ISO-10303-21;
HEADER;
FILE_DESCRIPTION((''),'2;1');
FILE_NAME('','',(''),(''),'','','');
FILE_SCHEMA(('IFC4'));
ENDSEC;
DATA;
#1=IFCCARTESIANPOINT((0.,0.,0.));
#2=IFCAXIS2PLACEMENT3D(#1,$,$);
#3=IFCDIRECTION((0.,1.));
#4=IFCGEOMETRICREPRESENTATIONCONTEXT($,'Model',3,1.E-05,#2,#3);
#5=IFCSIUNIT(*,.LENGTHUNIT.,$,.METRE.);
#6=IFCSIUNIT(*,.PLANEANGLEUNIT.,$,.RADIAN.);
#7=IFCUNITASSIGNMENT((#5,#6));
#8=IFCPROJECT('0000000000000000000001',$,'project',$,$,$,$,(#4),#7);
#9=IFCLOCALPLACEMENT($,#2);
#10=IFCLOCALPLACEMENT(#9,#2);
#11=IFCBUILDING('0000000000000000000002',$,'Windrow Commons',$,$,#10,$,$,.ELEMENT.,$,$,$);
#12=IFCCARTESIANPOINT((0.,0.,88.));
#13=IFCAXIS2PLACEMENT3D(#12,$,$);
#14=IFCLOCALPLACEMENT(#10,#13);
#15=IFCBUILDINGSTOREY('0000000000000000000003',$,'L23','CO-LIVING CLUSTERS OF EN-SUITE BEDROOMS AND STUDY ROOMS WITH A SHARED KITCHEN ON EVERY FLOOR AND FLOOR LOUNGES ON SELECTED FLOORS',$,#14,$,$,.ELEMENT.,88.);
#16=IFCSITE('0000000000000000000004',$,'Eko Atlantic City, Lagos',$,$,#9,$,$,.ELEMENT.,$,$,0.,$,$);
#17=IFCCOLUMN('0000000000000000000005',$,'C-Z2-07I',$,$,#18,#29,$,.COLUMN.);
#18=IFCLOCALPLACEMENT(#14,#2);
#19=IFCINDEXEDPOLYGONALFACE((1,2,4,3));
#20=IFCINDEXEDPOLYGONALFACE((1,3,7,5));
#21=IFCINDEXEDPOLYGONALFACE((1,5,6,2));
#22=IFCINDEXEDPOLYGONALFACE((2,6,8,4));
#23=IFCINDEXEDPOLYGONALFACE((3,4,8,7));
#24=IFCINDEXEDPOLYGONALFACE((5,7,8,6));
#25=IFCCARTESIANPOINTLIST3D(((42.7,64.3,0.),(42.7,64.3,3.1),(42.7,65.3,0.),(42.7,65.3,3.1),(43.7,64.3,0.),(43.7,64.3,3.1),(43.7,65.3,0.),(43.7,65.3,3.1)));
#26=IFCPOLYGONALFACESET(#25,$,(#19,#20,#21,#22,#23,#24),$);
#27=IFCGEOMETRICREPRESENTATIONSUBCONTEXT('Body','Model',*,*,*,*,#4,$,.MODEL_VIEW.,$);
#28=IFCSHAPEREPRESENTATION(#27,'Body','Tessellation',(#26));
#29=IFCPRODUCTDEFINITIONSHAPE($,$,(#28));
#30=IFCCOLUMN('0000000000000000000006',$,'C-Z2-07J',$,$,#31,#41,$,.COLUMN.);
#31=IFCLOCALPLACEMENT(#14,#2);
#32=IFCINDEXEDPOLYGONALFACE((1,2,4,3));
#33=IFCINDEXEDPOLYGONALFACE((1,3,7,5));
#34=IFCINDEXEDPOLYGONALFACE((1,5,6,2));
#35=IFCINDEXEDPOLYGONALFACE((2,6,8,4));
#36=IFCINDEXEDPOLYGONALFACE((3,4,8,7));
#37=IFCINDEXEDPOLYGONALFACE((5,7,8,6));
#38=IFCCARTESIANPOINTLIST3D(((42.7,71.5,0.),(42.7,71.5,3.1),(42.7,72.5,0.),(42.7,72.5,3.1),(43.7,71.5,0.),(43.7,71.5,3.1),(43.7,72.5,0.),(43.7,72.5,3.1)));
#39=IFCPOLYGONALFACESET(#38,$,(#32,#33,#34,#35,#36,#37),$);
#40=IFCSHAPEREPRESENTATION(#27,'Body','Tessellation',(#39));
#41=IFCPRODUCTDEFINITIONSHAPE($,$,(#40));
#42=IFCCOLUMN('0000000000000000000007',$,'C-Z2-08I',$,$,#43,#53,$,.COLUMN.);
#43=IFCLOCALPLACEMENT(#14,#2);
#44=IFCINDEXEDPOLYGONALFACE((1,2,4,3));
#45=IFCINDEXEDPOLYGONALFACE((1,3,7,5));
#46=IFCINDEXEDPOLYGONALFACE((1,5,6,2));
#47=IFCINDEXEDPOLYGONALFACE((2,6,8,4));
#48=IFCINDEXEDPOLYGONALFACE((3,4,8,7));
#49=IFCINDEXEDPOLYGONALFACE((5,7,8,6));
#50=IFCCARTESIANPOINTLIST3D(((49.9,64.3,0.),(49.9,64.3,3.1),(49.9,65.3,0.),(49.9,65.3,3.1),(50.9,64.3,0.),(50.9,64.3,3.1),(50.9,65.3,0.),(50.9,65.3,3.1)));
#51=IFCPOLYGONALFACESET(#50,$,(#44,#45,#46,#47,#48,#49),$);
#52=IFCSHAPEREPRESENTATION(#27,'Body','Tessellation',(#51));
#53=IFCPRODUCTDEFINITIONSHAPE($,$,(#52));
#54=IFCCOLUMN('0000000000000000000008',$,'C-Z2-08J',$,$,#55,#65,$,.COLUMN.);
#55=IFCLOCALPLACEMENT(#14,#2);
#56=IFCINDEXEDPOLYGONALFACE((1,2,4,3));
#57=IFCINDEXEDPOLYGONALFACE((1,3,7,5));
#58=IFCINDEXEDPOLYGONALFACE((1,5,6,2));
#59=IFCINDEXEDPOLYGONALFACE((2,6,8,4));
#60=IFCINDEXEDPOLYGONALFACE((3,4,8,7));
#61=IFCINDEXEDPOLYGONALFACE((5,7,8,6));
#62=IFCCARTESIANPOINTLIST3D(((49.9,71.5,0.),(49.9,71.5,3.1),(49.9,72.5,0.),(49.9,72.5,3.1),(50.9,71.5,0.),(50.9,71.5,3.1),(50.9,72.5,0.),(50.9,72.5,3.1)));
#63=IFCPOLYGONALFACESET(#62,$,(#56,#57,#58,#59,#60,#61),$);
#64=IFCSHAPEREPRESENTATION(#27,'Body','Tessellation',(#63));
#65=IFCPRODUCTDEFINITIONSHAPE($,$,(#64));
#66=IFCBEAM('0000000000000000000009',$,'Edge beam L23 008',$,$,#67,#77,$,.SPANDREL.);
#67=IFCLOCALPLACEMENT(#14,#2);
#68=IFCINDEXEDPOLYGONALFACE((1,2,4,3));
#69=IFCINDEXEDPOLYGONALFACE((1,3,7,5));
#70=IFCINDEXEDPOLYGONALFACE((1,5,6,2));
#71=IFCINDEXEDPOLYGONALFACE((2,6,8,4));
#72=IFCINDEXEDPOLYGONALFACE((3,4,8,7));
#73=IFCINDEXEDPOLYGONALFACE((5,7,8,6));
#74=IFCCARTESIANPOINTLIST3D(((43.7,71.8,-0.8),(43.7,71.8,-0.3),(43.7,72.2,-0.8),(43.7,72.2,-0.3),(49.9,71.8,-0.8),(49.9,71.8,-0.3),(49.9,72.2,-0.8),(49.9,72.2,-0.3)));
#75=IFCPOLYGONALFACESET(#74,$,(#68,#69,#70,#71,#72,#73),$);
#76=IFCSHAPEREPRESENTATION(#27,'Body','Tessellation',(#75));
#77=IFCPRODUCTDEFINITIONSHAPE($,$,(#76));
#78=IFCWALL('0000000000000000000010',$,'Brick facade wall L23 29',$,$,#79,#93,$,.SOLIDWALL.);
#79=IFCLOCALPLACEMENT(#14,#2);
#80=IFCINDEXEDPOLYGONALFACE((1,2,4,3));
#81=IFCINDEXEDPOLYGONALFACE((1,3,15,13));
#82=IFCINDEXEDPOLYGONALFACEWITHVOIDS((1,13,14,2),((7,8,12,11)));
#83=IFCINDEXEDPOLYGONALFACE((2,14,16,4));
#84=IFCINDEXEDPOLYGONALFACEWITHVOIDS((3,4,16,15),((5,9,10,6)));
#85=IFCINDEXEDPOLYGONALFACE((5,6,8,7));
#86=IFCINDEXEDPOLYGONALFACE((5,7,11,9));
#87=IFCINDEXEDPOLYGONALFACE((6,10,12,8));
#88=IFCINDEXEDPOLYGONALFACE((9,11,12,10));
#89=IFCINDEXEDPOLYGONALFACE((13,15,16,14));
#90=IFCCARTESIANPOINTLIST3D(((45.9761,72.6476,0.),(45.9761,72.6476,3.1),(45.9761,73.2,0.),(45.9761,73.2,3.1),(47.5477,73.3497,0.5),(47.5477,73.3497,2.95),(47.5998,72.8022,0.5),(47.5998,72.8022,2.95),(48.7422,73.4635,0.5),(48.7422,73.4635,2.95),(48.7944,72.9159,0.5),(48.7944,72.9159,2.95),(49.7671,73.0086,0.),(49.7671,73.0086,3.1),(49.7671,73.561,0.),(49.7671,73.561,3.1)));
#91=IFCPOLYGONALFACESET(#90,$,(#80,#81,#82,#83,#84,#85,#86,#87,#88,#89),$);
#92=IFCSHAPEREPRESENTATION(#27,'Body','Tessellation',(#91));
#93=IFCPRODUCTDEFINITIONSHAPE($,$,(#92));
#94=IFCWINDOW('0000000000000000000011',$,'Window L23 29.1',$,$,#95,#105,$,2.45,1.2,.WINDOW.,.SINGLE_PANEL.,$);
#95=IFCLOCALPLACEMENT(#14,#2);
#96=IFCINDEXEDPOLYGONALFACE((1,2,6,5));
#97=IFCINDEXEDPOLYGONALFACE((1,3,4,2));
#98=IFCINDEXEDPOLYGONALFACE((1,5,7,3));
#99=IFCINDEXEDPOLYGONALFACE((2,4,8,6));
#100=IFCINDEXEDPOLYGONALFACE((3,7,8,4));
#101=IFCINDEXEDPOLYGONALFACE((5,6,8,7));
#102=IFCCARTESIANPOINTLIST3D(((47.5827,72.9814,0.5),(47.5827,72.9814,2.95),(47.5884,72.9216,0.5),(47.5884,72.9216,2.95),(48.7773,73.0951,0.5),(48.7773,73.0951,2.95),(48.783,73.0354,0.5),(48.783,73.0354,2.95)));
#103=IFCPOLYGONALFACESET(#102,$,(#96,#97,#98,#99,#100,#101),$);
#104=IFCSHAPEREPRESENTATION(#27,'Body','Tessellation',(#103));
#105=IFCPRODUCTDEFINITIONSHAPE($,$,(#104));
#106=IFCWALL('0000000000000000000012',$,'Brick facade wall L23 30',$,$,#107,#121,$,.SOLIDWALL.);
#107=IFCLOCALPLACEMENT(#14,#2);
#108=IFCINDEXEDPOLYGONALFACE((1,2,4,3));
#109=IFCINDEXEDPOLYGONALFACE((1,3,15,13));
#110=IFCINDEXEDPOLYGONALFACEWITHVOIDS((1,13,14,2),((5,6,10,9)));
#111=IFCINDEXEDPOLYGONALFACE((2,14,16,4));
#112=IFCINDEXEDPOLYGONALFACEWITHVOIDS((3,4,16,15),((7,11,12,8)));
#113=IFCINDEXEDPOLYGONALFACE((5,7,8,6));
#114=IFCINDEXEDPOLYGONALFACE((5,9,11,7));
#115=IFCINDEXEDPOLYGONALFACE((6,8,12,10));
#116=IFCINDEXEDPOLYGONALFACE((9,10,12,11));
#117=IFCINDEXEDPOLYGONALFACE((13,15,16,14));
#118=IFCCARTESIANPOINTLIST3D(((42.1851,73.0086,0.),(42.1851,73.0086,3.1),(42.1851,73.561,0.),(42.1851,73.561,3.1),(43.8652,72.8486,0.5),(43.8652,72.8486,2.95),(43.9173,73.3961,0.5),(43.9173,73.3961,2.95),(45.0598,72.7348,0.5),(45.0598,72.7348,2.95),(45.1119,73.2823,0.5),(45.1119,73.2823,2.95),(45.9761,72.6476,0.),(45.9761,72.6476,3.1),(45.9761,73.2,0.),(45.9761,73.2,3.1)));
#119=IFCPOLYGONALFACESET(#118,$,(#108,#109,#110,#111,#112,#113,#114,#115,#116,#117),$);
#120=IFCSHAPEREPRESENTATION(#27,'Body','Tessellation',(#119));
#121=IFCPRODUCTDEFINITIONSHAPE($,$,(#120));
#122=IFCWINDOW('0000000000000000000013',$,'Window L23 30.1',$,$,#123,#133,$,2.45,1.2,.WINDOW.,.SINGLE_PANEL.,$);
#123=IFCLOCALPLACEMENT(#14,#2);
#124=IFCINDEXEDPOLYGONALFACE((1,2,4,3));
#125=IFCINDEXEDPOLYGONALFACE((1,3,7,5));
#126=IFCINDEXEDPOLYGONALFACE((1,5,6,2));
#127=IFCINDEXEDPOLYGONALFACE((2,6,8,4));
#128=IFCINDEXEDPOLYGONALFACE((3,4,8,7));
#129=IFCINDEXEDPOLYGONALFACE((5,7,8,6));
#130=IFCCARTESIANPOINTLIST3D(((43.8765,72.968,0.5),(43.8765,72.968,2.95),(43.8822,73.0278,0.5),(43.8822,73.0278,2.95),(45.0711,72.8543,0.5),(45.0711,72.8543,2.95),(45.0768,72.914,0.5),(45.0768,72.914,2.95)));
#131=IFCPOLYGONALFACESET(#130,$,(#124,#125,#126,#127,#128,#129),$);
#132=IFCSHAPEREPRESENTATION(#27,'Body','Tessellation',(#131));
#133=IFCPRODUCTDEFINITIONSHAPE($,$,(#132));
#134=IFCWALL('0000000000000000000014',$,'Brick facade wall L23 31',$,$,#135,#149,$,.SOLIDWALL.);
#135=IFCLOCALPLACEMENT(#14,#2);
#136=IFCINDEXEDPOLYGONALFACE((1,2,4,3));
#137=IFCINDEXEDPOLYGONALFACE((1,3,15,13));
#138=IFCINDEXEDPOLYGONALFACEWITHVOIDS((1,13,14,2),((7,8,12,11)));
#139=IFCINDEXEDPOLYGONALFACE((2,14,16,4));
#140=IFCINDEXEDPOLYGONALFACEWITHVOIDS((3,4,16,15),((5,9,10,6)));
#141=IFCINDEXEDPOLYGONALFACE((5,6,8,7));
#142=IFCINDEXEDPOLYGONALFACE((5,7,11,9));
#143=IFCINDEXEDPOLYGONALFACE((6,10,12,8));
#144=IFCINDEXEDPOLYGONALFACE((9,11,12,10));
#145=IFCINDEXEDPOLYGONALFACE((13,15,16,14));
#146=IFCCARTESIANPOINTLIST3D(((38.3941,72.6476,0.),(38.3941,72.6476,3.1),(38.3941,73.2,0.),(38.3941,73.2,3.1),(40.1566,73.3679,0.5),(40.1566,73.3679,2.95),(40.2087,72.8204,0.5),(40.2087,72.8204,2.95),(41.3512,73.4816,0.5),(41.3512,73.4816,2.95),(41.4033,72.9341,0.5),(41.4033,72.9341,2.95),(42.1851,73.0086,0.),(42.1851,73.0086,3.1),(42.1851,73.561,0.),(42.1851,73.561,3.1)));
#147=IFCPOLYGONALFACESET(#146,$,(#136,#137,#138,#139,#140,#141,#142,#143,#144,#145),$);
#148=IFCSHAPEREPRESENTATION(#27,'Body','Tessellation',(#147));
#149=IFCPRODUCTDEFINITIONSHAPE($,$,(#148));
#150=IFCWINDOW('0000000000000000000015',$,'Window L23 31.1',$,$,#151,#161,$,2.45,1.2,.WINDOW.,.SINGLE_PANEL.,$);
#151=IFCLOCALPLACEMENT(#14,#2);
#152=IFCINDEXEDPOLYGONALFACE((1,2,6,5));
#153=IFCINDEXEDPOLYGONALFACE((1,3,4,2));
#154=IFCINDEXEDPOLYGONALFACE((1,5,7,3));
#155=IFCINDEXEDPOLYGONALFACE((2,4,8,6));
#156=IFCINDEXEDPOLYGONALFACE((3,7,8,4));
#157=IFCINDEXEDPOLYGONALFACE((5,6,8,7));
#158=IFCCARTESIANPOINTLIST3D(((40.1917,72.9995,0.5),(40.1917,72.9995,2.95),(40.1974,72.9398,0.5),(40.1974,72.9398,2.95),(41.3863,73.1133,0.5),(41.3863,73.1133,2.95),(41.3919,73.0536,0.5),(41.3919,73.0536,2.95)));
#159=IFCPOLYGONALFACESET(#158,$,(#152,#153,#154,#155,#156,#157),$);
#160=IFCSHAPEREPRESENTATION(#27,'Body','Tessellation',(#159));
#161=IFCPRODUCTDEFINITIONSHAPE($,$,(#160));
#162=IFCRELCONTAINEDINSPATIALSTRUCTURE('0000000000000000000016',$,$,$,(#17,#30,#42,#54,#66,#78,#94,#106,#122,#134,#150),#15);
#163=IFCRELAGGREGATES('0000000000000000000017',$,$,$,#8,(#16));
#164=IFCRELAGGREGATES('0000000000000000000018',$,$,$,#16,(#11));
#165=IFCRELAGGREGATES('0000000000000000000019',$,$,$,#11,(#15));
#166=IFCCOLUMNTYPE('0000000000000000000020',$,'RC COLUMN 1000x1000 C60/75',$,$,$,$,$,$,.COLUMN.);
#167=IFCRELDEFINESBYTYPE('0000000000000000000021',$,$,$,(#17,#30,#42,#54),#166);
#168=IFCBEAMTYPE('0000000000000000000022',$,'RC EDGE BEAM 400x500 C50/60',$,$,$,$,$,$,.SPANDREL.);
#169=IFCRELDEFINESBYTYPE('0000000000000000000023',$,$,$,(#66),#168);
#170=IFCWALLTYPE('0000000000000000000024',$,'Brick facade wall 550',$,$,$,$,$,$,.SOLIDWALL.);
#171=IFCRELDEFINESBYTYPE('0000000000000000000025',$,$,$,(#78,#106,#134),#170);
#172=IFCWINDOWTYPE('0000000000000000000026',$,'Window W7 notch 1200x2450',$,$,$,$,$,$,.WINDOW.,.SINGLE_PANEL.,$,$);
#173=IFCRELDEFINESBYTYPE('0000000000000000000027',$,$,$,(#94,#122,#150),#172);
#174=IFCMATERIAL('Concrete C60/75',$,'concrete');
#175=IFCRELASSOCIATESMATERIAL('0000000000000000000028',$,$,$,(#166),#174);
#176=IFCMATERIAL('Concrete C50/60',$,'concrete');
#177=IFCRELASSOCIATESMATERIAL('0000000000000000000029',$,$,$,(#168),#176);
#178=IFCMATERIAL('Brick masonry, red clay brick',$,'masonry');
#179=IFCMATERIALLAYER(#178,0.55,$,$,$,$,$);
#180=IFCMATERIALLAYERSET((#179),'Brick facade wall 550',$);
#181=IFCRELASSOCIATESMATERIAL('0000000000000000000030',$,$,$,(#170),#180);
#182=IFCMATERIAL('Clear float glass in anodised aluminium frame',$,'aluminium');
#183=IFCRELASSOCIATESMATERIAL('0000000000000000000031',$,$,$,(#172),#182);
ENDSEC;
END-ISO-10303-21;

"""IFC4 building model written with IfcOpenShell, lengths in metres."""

from ifc_helpers import new_model, si_unit, direction, frame, frame_2d, origin, origin_2d, place, context, subcontext, project, spatial, polyline, rectangle, outline, extrude, material, layer, layer_set, material_profile, profile_set, type_object, element, fill, save


model = new_model("IFC4")

# Units and contexts
model_context = context("Model", 3, precision=1e-05, world=origin(), true_north=direction((0.0, 1.0)))
body_context = subcontext(model_context, "Body", "Model", "MODEL_VIEW")
ifc_project = project(units=[si_unit("LENGTHUNIT", "METRE"), si_unit("PLANEANGLEUNIT", "RADIAN")], contexts=[model_context])

# Site, building, storey
site_placement = place(None, origin())
site = spatial("IfcSite", under=ifc_project, at=site_placement, Name="Eko Atlantic City, Lagos", CompositionType="ELEMENT", RefElevation=0.0)
building_placement = place(site_placement, origin())
building = spatial("IfcBuilding", under=site, at=building_placement, Name="Windrow Commons", CompositionType="ELEMENT")
storey_placement = place(building_placement, frame((0.0, 0.0, 88.0)))
storey = spatial("IfcBuildingStorey", under=building, at=storey_placement, Name="L23", Description="CO-LIVING CLUSTERS OF EN-SUITE BEDROOMS AND STUDY ROOMS WITH A SHARED KITCHEN ON EVERY FLOOR AND FLOOR LOUNGES ON SELECTED FLOORS", CompositionType="ELEMENT", Elevation=88.0)

# Columns
ifc_material_1 = material(Name="Concrete C60/75", Category="concrete")
ifc_material_profile_1 = material_profile(ifc_material_1, rectangle(XDim=1.0, YDim=1.0, at=origin_2d()))
ifc_profile_set_1 = profile_set([ifc_material_profile_1], Name="Concrete C60/75")
column_type = type_object("IfcColumnType", Name="RC COLUMN 1000x1000 C60/75", PredefinedType="COLUMN", material=ifc_profile_set_1)
for number, where, z_axis, x_axis, name in (
    (1, (43.2, 64.8, 0.0), (0.0, 0.0, 1.0), (1.0, 0.0, 0.0), "C-Z2-07I"),
    (2, (43.2, 72.0, 0.0), (0.0, 0.0, 1.0), (1.0, 0.0, 0.0), "C-Z2-07J"),
    (3, (50.4, 64.8, 0.0), (0.0, 0.0, 1.0), (1.0, 0.0, 0.0), "C-Z2-08I"),
    (4, (50.4, 72.0, 0.0), (0.0, 0.0, 1.0), (1.0, 0.0, 0.0), "C-Z2-08J"),
):
    element("IfcColumn", number, at=place(storey_placement, frame(where, z_axis=z_axis, x_axis=x_axis)), inside=storey, type_object=column_type, Name=name, PredefinedType="COLUMN", context=body_context, shape_type="SweptSolid", body=[
        extrude(rectangle(XDim=1.0, YDim=1.0, at=origin_2d()), origin(), (0.0, 0.0, 1.0), 3.1),
    ])

# Beam
ifc_material_2 = material(Name="Concrete C50/60", Category="concrete")
ifc_material_profile_2 = material_profile(ifc_material_2, rectangle(XDim=0.4, YDim=0.5, at=origin_2d()))
ifc_profile_set_2 = profile_set([ifc_material_profile_2], Name="Concrete C50/60")
beam_type = type_object("IfcBeamType", Name="RC EDGE BEAM 400x500 C50/60", PredefinedType="SPANDREL", material=ifc_profile_set_2)
beam_placement = place(storey_placement, frame((43.7, 72.0, -0.55), z_axis=(1.0, 0.0, 0.0), x_axis=(0.0, 1.0, 0.0)))
element("IfcBeam", 5, at=beam_placement, inside=storey, type_object=beam_type, Name="Edge beam L23 008", PredefinedType="SPANDREL", context=body_context, shape_type="SweptSolid", body=[
    extrude(rectangle(XDim=0.4, YDim=0.5, at=origin_2d()), origin(), (0.0, 0.0, 1.0), 6.2),
])

# Walls, openings, windows
ifc_material_3 = material(Name="Brick masonry, red clay brick", Category="masonry")
ifc_layer_1 = layer(ifc_material_3, 0.55)
ifc_layer_set_1 = layer_set([ifc_layer_1], Name="Brick facade wall 550")
wall_type_1 = type_object("IfcWallType", Name="Brick facade wall 550", PredefinedType="SOLIDWALL", material=ifc_layer_set_1)
wall_1_placement = place(storey_placement, frame((49.7671, 73.2848, 0.0), z_axis=(0.0, 0.0, 1.0), x_axis=(-0.995497, -0.094797, 0.0)))
wall_1 = element("IfcWall", 6, at=wall_1_placement, inside=storey, type_object=wall_type_1, Name="Brick facade wall L23 29", PredefinedType="SOLIDWALL", context=body_context, shape_type="SweptSolid", body=[
    extrude(outline(polyline([(-0.0262, -0.275), (3.782, -0.275), (3.8343, 0.275), (0.0262, 0.275), (-0.0262, -0.275)])), origin(), (0.0, 0.0, 1.0), 3.1),
])
opening_1_placement = place(wall_1_placement, frame((1.0033, 0.0, 0.5)))
opening_1 = element("IfcOpeningElement", 7, at=opening_1_placement, cuts=wall_1, PredefinedType="OPENING", context=body_context, shape_type="SweptSolid", body=[
    extrude(rectangle(XDim=1.2, YDim=2.45, at=frame_2d((0.6, 1.225))), frame((0.0, 0.285, 0.0), z_axis=(0.0, -1.0, 0.0), x_axis=(1.0, 0.0, 0.0)), (0.0, 0.0, 1.0), 0.57),
])
ifc_material_4 = material(Name="Clear float glass in anodised aluminium frame", Category="aluminium")
window_type = type_object("IfcWindowType", Name="Window W7 notch 1200x2450", PartitioningType="SINGLE_PANEL", PredefinedType="WINDOW", material=ifc_material_4)
window_1_placement = place(opening_1_placement, origin())
window_1 = element("IfcWindow", 8, at=window_1_placement, inside=storey, type_object=window_type, Name="Window L23 29.1", OverallHeight=2.45, OverallWidth=1.2, PartitioningType="SINGLE_PANEL", PredefinedType="WINDOW", context=body_context, shape_type="SweptSolid", body=[
    extrude(rectangle(XDim=1.2, YDim=2.45, at=frame_2d((0.6, 1.225))), frame((0.0, 0.155, 0.0), z_axis=(0.0, -1.0, 0.0), x_axis=(1.0, 0.0, 0.0)), (0.0, 0.0, 1.0), 0.06),
])
fill(opening_1, window_1)
wall_2_placement = place(storey_placement, frame((45.9761, 72.9238, 0.0), z_axis=(0.0, 0.0, 1.0), x_axis=(-0.995497, 0.094797, 0.0)))
wall_2 = element("IfcWall", 9, at=wall_2_placement, inside=storey, type_object=wall_type_1, Name="Brick facade wall L23 30", PredefinedType="SOLIDWALL", context=body_context, shape_type="SweptSolid", body=[
    extrude(outline(polyline([(0.0262, -0.275), (3.8343, -0.275), (3.782, 0.275), (-0.0262, 0.275), (0.0262, -0.275)])), origin(), (0.0, 0.0, 1.0), 3.1),
])
opening_2_placement = place(wall_2_placement, frame((0.8943, 0.0, 0.5)))
opening_2 = element("IfcOpeningElement", 10, at=opening_2_placement, cuts=wall_2, PredefinedType="OPENING", context=body_context, shape_type="SweptSolid", body=[
    extrude(rectangle(XDim=1.2, YDim=2.45, at=frame_2d((0.6, 1.225))), frame((0.0, 0.285, 0.0), z_axis=(0.0, -1.0, 0.0), x_axis=(1.0, 0.0, 0.0)), (0.0, 0.0, 1.0), 0.57),
])
window_2_placement = place(opening_2_placement, origin())
window_2 = element("IfcWindow", 11, at=window_2_placement, inside=storey, type_object=window_type, Name="Window L23 30.1", OverallHeight=2.45, OverallWidth=1.2, PartitioningType="SINGLE_PANEL", PredefinedType="WINDOW", context=body_context, shape_type="SweptSolid", body=[
    extrude(rectangle(XDim=1.2, YDim=2.45, at=frame_2d((0.6, 1.225))), frame((0.0, 0.155, 0.0), z_axis=(0.0, -1.0, 0.0), x_axis=(1.0, 0.0, 0.0)), (0.0, 0.0, 1.0), 0.06),
])
fill(opening_2, window_2)
wall_3_placement = place(storey_placement, frame((42.1851, 73.2848, 0.0), z_axis=(0.0, 0.0, 1.0), x_axis=(-0.995497, -0.094797, 0.0)))
wall_3 = element("IfcWall", 12, at=wall_3_placement, inside=storey, type_object=wall_type_1, Name="Brick facade wall L23 31", PredefinedType="SOLIDWALL", context=body_context, shape_type="SweptSolid", body=[
    extrude(outline(polyline([(-0.0262, -0.275), (3.782, -0.275), (3.8343, 0.275), (0.0262, 0.275), (-0.0262, -0.275)])), origin(), (0.0, 0.0, 1.0), 3.1),
])
opening_3_placement = place(wall_3_placement, frame((0.8115, 0.0, 0.5)))
opening_3 = element("IfcOpeningElement", 13, at=opening_3_placement, cuts=wall_3, PredefinedType="OPENING", context=body_context, shape_type="SweptSolid", body=[
    extrude(rectangle(XDim=1.2, YDim=2.45, at=frame_2d((0.6, 1.225))), frame((0.0, 0.285, 0.0), z_axis=(0.0, -1.0, 0.0), x_axis=(1.0, 0.0, 0.0)), (0.0, 0.0, 1.0), 0.57),
])
window_3_placement = place(opening_3_placement, origin())
window_3 = element("IfcWindow", 14, at=window_3_placement, inside=storey, type_object=window_type, Name="Window L23 31.1", OverallHeight=2.45, OverallWidth=1.2, PartitioningType="SINGLE_PANEL", PredefinedType="WINDOW", context=body_context, shape_type="SweptSolid", body=[
    extrude(rectangle(XDim=1.2, YDim=2.45, at=frame_2d((0.6, 1.225))), frame((0.0, 0.155, 0.0), z_axis=(0.0, -1.0, 0.0), x_axis=(1.0, 0.0, 0.0)), (0.0, 0.0, 1.0), 0.06),
])
fill(opening_3, window_3)

save(model, "model.ifc")
